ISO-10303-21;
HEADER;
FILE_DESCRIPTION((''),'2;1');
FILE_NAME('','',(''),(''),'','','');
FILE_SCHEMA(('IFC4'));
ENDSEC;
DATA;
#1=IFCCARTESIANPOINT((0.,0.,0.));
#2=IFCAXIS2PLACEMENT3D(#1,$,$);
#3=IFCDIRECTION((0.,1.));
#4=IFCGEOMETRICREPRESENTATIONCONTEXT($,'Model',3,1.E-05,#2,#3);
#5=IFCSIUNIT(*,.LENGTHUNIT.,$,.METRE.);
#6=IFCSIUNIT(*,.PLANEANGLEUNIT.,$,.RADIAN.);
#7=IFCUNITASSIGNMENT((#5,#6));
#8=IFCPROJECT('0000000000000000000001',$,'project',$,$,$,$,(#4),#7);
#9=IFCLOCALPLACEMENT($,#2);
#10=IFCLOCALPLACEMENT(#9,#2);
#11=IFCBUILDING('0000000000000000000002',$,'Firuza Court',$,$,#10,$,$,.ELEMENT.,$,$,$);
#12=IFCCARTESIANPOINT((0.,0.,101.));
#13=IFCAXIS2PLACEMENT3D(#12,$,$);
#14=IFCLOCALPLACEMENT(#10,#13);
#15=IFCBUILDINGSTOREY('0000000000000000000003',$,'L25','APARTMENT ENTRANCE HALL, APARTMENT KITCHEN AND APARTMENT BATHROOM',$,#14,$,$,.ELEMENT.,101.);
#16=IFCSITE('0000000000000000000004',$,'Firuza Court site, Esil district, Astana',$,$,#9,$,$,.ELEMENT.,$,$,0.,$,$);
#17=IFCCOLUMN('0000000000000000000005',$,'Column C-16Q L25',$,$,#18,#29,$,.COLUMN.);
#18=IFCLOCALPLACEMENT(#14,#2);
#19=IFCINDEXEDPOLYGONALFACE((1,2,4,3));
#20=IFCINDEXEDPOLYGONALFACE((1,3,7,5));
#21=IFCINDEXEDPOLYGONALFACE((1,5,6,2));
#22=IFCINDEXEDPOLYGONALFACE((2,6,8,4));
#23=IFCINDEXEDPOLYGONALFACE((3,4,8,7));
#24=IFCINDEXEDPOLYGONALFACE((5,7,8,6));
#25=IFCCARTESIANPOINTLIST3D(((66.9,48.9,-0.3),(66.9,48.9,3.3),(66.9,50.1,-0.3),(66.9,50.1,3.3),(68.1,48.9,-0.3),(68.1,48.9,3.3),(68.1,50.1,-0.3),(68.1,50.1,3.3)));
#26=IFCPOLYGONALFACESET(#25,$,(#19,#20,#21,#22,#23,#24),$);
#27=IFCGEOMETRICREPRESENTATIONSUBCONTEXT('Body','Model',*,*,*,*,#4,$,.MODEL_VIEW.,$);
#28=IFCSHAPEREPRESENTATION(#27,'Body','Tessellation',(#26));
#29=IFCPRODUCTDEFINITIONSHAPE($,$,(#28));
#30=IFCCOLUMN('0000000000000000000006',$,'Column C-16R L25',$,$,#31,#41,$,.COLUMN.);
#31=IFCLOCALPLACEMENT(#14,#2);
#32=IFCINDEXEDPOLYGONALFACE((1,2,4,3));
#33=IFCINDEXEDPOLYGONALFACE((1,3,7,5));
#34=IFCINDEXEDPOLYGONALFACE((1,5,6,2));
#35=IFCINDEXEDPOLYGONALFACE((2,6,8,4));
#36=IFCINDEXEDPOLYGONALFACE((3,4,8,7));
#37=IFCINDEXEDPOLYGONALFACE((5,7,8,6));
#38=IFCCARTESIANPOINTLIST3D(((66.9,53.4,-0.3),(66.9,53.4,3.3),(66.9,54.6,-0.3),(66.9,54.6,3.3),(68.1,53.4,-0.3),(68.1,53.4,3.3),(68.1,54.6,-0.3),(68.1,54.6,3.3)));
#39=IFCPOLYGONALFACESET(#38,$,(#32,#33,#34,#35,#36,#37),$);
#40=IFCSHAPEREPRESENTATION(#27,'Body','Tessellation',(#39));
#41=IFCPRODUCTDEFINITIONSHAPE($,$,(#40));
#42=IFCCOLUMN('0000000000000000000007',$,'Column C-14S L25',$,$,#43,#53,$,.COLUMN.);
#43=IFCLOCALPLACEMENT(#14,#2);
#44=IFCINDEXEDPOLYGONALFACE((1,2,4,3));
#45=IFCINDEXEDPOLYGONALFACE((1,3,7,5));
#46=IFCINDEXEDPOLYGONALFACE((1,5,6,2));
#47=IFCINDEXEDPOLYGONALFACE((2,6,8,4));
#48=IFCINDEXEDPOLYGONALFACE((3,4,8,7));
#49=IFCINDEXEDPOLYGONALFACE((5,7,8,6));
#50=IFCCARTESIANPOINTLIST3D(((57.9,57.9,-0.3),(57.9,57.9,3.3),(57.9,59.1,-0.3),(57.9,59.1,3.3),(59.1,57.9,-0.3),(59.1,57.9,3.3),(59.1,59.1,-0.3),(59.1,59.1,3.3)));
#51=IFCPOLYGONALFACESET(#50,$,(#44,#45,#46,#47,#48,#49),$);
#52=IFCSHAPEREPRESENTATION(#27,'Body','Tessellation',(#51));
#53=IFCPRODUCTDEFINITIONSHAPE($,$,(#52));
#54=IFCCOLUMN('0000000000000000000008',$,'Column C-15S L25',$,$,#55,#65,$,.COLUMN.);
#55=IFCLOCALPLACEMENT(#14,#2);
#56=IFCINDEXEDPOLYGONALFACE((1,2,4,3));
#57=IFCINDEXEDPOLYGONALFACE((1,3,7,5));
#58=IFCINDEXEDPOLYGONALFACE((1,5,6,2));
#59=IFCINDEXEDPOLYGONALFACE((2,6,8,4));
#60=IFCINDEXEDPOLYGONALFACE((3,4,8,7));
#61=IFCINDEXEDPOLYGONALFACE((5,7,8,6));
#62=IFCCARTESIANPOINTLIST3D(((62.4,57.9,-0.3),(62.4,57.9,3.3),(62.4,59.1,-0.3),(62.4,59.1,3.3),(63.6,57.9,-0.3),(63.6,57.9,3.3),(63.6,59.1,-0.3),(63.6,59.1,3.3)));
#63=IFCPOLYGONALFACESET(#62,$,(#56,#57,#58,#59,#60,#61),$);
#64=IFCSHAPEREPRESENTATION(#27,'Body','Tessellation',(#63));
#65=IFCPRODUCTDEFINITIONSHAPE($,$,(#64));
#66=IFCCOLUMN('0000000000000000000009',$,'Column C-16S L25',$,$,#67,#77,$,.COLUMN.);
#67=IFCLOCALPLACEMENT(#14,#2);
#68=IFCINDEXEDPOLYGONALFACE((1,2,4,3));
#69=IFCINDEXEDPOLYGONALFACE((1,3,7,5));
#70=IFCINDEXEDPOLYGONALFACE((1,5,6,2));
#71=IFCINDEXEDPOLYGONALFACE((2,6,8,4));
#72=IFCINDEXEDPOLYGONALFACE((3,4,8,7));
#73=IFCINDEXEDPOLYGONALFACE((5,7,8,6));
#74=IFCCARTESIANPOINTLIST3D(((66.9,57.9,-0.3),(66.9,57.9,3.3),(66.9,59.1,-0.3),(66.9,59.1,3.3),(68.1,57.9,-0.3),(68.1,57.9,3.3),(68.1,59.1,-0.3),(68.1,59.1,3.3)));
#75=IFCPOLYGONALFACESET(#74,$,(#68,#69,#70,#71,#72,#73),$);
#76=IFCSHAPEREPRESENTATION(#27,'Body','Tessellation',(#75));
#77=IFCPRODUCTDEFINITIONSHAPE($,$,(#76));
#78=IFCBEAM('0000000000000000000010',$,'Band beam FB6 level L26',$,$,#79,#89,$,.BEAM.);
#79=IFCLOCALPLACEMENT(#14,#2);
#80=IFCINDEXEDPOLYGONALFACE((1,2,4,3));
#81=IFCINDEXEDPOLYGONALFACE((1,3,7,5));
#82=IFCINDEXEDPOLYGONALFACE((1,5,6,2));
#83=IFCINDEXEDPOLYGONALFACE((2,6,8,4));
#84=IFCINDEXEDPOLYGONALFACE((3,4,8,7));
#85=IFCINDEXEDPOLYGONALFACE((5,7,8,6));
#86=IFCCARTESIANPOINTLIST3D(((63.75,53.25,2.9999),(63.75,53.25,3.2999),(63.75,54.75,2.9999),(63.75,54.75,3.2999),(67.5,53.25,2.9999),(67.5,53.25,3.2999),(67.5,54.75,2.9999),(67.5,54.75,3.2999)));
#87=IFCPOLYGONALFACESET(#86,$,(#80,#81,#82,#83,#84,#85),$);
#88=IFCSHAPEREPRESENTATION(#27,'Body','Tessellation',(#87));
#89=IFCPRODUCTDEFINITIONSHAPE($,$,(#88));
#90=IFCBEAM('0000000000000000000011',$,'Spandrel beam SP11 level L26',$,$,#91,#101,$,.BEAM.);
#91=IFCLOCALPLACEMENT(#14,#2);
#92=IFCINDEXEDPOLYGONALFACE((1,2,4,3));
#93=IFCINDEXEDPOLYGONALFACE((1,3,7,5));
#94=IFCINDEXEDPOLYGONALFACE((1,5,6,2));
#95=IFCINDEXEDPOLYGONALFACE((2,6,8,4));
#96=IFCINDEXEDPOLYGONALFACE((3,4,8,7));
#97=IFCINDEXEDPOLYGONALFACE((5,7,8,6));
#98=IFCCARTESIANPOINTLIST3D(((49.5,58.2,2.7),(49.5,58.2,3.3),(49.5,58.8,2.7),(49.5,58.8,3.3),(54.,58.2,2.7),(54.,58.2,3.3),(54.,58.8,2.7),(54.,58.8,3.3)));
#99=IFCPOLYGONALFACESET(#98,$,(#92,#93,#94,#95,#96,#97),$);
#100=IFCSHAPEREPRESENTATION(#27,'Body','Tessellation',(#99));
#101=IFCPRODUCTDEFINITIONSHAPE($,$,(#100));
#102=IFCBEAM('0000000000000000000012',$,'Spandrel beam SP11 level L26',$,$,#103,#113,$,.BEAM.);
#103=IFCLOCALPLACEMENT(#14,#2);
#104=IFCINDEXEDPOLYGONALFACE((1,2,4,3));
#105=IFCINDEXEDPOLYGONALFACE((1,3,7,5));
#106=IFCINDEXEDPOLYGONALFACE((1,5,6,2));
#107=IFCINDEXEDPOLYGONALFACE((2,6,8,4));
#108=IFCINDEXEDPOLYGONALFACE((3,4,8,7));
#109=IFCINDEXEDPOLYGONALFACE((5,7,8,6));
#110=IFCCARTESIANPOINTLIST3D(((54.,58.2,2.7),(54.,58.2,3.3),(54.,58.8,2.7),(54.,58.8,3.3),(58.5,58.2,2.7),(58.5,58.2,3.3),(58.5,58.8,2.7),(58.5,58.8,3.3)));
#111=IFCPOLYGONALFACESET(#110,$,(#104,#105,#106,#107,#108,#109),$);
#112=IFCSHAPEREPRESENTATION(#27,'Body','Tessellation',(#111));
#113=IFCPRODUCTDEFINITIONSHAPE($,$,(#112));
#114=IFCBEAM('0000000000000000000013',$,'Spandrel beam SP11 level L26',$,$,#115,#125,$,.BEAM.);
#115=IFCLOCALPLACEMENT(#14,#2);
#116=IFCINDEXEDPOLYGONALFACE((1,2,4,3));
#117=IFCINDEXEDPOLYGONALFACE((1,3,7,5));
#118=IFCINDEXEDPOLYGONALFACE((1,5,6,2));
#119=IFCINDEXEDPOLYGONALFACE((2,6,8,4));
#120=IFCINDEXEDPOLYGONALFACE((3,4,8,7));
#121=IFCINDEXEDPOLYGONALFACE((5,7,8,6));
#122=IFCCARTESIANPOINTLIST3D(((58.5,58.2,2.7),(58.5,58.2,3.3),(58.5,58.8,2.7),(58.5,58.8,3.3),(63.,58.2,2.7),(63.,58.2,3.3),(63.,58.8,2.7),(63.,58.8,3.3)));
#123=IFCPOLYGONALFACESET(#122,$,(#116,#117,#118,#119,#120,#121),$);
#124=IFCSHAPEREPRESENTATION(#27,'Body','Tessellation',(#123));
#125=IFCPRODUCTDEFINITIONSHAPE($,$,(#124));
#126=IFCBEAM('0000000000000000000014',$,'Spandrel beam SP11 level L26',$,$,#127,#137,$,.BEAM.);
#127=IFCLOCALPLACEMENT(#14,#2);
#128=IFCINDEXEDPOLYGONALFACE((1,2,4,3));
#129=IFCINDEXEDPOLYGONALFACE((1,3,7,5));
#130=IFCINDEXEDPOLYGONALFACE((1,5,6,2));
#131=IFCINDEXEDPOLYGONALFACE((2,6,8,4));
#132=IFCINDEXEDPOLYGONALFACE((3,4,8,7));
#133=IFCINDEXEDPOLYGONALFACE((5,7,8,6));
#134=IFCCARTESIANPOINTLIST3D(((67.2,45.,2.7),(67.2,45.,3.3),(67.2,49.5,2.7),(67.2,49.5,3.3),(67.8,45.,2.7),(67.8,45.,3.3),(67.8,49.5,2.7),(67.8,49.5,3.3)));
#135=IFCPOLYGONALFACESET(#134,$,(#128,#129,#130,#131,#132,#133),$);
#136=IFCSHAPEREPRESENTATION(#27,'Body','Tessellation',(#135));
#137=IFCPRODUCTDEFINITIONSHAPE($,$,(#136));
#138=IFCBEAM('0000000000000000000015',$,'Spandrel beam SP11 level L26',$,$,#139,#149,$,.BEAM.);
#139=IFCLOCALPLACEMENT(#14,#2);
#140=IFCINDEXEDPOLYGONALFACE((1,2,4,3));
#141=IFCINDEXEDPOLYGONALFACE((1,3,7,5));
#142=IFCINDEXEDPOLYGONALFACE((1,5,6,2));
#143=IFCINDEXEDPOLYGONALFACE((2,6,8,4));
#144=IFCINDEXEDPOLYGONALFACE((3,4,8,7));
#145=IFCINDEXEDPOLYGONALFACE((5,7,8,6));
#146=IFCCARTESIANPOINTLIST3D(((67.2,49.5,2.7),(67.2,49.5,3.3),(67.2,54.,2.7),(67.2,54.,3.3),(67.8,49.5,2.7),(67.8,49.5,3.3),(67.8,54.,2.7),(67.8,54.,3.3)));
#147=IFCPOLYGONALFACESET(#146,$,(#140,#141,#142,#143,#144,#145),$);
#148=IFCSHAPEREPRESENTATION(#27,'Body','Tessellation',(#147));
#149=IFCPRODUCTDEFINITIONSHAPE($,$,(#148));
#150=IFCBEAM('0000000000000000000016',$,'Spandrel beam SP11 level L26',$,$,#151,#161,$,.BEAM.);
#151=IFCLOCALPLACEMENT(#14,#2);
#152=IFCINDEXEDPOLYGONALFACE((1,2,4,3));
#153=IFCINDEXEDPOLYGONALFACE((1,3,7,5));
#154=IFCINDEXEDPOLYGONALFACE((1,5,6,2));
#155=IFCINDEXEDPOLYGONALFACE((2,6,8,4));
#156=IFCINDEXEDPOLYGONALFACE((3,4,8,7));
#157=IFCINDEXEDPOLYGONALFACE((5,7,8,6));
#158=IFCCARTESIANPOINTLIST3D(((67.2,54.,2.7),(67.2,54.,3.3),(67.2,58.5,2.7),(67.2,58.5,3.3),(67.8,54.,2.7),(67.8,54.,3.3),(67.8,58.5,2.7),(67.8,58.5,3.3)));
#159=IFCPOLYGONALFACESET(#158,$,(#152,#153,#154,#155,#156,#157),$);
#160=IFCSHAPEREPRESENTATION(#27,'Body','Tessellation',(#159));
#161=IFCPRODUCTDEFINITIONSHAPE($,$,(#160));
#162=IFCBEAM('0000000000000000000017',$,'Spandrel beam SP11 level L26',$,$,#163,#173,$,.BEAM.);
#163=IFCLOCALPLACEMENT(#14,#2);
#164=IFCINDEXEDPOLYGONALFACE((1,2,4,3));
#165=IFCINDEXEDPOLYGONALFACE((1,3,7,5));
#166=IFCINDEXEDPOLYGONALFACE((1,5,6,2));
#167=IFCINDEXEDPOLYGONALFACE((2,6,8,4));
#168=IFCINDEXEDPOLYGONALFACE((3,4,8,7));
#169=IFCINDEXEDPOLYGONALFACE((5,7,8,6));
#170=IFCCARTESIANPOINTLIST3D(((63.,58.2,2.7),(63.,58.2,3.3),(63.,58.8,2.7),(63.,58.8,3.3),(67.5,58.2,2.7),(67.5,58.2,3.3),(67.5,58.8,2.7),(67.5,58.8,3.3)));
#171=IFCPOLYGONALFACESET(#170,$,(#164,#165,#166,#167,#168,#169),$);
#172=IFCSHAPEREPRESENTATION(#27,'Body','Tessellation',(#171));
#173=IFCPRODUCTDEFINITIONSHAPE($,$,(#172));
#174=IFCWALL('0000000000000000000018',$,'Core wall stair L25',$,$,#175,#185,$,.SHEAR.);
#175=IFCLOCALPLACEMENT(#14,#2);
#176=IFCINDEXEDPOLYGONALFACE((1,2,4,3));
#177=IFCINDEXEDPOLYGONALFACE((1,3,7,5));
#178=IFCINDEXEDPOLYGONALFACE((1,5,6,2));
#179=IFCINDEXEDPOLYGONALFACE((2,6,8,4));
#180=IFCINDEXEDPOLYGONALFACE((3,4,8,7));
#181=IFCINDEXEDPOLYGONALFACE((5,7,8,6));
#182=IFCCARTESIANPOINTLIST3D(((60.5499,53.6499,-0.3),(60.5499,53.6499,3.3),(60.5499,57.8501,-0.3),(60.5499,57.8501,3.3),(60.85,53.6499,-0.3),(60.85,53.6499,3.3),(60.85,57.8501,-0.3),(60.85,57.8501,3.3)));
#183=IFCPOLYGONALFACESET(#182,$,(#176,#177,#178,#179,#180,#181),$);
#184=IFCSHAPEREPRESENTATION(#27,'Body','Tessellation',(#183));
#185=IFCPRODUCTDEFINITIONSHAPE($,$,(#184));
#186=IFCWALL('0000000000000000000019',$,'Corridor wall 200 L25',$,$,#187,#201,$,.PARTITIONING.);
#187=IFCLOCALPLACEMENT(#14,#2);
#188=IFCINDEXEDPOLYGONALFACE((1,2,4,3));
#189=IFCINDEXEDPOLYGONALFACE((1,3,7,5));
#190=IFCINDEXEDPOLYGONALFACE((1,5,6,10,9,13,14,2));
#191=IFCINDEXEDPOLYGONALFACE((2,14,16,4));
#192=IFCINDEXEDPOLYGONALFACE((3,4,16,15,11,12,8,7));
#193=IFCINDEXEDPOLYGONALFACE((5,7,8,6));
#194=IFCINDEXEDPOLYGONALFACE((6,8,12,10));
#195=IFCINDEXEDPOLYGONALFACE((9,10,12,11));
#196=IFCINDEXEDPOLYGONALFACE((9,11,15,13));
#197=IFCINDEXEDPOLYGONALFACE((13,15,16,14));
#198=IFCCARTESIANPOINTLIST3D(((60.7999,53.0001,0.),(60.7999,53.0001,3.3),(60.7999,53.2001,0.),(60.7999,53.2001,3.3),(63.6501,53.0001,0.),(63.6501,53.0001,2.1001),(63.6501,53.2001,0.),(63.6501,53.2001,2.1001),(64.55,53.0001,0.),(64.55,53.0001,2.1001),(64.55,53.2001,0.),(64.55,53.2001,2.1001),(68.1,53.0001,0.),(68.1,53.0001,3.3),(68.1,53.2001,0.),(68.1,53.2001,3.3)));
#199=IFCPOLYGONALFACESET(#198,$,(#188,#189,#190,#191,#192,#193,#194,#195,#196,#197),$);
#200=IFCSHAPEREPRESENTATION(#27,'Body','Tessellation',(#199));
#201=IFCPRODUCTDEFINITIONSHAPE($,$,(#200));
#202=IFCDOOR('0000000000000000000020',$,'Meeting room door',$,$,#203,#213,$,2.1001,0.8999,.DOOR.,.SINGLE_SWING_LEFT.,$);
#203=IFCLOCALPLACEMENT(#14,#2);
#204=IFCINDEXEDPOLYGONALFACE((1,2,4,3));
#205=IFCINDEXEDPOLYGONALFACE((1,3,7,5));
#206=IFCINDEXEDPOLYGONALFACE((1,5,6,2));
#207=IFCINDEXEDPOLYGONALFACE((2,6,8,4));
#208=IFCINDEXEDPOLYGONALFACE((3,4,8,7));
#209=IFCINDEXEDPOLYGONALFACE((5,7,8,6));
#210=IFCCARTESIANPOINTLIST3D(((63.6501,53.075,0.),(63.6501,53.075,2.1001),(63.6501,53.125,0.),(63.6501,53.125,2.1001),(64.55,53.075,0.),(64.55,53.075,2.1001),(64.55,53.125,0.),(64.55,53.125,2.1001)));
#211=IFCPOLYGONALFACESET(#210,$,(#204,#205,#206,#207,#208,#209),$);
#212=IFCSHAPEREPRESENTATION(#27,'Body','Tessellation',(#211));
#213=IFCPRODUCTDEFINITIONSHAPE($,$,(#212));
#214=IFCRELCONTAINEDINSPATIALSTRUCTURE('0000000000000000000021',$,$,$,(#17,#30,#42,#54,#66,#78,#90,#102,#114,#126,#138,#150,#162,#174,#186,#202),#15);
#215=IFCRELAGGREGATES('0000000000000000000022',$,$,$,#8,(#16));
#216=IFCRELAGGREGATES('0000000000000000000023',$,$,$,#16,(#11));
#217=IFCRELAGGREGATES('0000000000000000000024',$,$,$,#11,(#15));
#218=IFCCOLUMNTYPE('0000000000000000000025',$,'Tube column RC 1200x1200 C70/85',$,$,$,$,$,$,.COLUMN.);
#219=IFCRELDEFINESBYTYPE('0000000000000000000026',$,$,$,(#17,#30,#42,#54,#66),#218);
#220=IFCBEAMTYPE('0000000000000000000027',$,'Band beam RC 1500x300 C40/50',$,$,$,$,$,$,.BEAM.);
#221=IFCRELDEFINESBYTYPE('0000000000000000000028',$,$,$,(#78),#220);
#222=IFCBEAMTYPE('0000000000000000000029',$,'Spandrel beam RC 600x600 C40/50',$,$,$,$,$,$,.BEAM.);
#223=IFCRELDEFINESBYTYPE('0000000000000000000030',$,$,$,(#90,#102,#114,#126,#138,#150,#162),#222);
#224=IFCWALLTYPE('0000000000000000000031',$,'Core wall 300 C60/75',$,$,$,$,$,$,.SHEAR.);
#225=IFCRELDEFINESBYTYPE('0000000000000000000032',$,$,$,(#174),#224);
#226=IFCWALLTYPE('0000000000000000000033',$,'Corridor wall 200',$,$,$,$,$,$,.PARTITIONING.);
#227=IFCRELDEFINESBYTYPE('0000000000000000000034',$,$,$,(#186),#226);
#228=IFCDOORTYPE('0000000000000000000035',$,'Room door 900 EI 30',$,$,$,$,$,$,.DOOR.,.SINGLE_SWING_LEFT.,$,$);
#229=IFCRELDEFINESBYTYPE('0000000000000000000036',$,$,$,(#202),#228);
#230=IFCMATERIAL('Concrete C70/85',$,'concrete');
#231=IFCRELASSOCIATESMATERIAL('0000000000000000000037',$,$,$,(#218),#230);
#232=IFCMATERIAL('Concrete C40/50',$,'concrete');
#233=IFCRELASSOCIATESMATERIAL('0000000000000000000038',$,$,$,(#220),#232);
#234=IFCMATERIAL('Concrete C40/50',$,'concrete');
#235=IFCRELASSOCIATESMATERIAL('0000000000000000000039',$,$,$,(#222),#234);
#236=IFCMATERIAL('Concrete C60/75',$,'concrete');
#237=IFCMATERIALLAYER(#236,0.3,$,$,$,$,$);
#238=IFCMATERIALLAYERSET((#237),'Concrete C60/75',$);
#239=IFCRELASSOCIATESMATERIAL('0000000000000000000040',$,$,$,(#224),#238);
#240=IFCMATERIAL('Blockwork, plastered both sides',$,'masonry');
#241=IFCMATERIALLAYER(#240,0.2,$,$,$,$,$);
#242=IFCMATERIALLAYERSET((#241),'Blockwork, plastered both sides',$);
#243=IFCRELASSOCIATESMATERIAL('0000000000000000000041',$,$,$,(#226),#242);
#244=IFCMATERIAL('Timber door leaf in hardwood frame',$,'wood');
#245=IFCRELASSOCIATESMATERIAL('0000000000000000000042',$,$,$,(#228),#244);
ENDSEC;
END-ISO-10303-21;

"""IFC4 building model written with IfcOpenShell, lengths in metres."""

from ifc_helpers import new_model, si_unit, direction, frame, frame_2d, origin, origin_2d, place, context, subcontext, project, spatial, rectangle, extrude, material, layer, layer_set, material_profile, profile_set, type_object, element, fill, save


model = new_model("IFC4")

# Units and contexts
model_context = context("Model", 3, precision=1e-05, world=origin(), true_north=direction((0.0, 1.0)))
body_context = subcontext(model_context, "Body", "Model", "MODEL_VIEW")
ifc_project = project(units=[si_unit("LENGTHUNIT", "METRE"), si_unit("PLANEANGLEUNIT", "RADIAN")], contexts=[model_context])

# Site, building, storey
site_placement = place(None, origin())
site = spatial("IfcSite", under=ifc_project, at=site_placement, Name="Firuza Court site, Esil district, Astana", CompositionType="ELEMENT", RefElevation=0.0)
building_placement = place(site_placement, origin())
building = spatial("IfcBuilding", under=site, at=building_placement, Name="Firuza Court", CompositionType="ELEMENT")
storey_placement = place(building_placement, frame((0.0, 0.0, 101.0)))
storey = spatial("IfcBuildingStorey", under=building, at=storey_placement, Name="L25", Description="APARTMENT ENTRANCE HALL, APARTMENT KITCHEN AND APARTMENT BATHROOM", CompositionType="ELEMENT", Elevation=101.0)

# Columns
ifc_material_1 = material(Name="Concrete C70/85", Category="concrete")
ifc_material_profile_1 = material_profile(ifc_material_1, rectangle(XDim=1.2, YDim=1.2, at=origin_2d()), Name="RC 1200x1200")
ifc_profile_set_1 = profile_set([ifc_material_profile_1], Name="Concrete C70/85")
column_type = type_object("IfcColumnType", Name="Tube column RC 1200x1200 C70/85", PredefinedType="COLUMN", material=ifc_profile_set_1)
for number, where, z_axis, x_axis, name in (
    (1, (67.5, 49.5, -0.3), (0.0, 0.0, 1.0), (1.0, 0.0, 0.0), "Column C-16Q L25"),
    (2, (67.5, 54.0, -0.3), (0.0, 0.0, 1.0), (1.0, 0.0, 0.0), "Column C-16R L25"),
    (3, (58.5, 58.5, -0.3), (0.0, 0.0, 1.0), (1.0, 0.0, 0.0), "Column C-14S L25"),
    (4, (63.0, 58.5, -0.3), (0.0, 0.0, 1.0), (1.0, 0.0, 0.0), "Column C-15S L25"),
    (5, (67.5, 58.5, -0.3), (0.0, 0.0, 1.0), (1.0, 0.0, 0.0), "Column C-16S L25"),
):
    element("IfcColumn", number, at=place(storey_placement, frame(where, z_axis=z_axis, x_axis=x_axis)), inside=storey, type_object=column_type, Name=name, PredefinedType="COLUMN", context=body_context, shape_type="SweptSolid", body=[
        extrude(rectangle(XDim=1.2, YDim=1.2, at=origin_2d()), origin(), (0.0, 0.0, 1.0), 3.6001),
    ])

# Beams
ifc_material_2 = material(Name="Concrete C40/50", Category="concrete")
ifc_material_profile_2 = material_profile(ifc_material_2, rectangle(XDim=1.5, YDim=0.3, at=origin_2d()), Name="RC 1500x300")
ifc_profile_set_2 = profile_set([ifc_material_profile_2], Name="Concrete C40/50")
beam_type_1 = type_object("IfcBeamType", Name="Band beam RC 1500x300 C40/50", PredefinedType="BEAM", material=ifc_profile_set_2)
beam_placement = place(storey_placement, frame((67.5, 54.0, 3.1499), z_axis=(-1.0, 0.0, 0.0), x_axis=(0.0, -1.0, 0.0)))
element("IfcBeam", 6, at=beam_placement, inside=storey, type_object=beam_type_1, Name="Band beam FB6 level L26", PredefinedType="BEAM", context=body_context, shape_type="SweptSolid", body=[
    extrude(rectangle(XDim=1.5, YDim=0.3, at=origin_2d()), origin(), (0.0, 0.0, 1.0), 3.75),
])
ifc_material_3 = material(Name="Concrete C40/50", Category="concrete")
ifc_material_profile_3 = material_profile(ifc_material_3, rectangle(XDim=0.6001, YDim=0.6001, at=origin_2d()), Name="RC 600x600")
ifc_profile_set_3 = profile_set([ifc_material_profile_3], Name="Concrete C40/50")
beam_type_2 = type_object("IfcBeamType", Name="Spandrel beam RC 600x600 C40/50", PredefinedType="BEAM", material=ifc_profile_set_3)
for number, where, z_axis, x_axis, name in (
    (7, (54.0, 58.5, 3.0), (-1.0, 0.0, 0.0), (0.0, -1.0, 0.0), "Spandrel beam SP11 level L26"),
    (8, (58.5, 58.5, 3.0), (-1.0, 0.0, 0.0), (0.0, -1.0, 0.0), "Spandrel beam SP11 level L26"),
    (9, (63.0, 58.5, 3.0), (-1.0, 0.0, 0.0), (0.0, -1.0, 0.0), "Spandrel beam SP11 level L26"),
    (10, (67.5, 45.0, 3.0), (0.0, 1.0, 0.0), (-1.0, 0.0, 0.0), "Spandrel beam SP11 level L26"),
    (11, (67.5, 49.5, 3.0), (0.0, 1.0, 0.0), (-1.0, 0.0, 0.0), "Spandrel beam SP11 level L26"),
    (12, (67.5, 54.0, 3.0), (0.0, 1.0, 0.0), (-1.0, 0.0, 0.0), "Spandrel beam SP11 level L26"),
    (13, (67.5, 58.5, 3.0), (-1.0, 0.0, 0.0), (0.0, -1.0, 0.0), "Spandrel beam SP11 level L26"),
):
    element("IfcBeam", number, at=place(storey_placement, frame(where, z_axis=z_axis, x_axis=x_axis)), inside=storey, type_object=beam_type_2, Name=name, PredefinedType="BEAM", context=body_context, shape_type="SweptSolid", body=[
        extrude(rectangle(XDim=0.6001, YDim=0.6001, at=origin_2d()), origin(), (0.0, 0.0, 1.0), 4.5),
    ])

# Wall
ifc_material_4 = material(Name="Concrete C60/75", Category="concrete")
ifc_layer_1 = layer(ifc_material_4, 0.3)
ifc_layer_set_1 = layer_set([ifc_layer_1], Name="Concrete C60/75")
wall_type_1 = type_object("IfcWallType", Name="Core wall 300 C60/75", PredefinedType="SHEAR", material=ifc_layer_set_1)
wall_1_placement = place(storey_placement, frame((60.7, 53.6499, -0.3), z_axis=(0.0, 0.0, 1.0), x_axis=(0.0, 1.0, 0.0)))
element("IfcWall", 14, at=wall_1_placement, inside=storey, type_object=wall_type_1, Name="Core wall stair L25", PredefinedType="SHEAR", context=body_context, shape_type="SweptSolid", body=[
    extrude(rectangle(XDim=4.2002, YDim=0.3, at=frame_2d((2.1001, 0.0))), origin(), (0.0, 0.0, 1.0), 3.6001),
])

# Wall, opening, door
ifc_material_5 = material(Name="Blockwork, plastered both sides", Category="masonry")
ifc_layer_2 = layer(ifc_material_5, 0.2)
ifc_layer_set_2 = layer_set([ifc_layer_2], Name="Blockwork, plastered both sides")
wall_type_2 = type_object("IfcWallType", Name="Corridor wall 200", PredefinedType="PARTITIONING", material=ifc_layer_set_2)
wall_2_placement = place(storey_placement, frame((60.8, 53.1001, 0.0), z_axis=(0.0, 0.0, 1.0), x_axis=(1.0, 0.0, 0.0)))
wall_2 = element("IfcWall", 15, at=wall_2_placement, inside=storey, type_object=wall_type_2, Name="Corridor wall 200 L25", PredefinedType="PARTITIONING", context=body_context, shape_type="SweptSolid", body=[
    extrude(rectangle(XDim=7.3, YDim=0.2, at=frame_2d((3.6499, 0.0))), origin(), (0.0, 0.0, 1.0), 3.3),
])
opening_1_placement = place(wall_2_placement, frame((2.8501, 0.0, 0.0)))
opening_1 = element("IfcOpeningElement", 16, at=opening_1_placement, cuts=wall_2, PredefinedType="OPENING", context=body_context, shape_type="SweptSolid", body=[
    extrude(rectangle(XDim=0.8999, YDim=2.1001, at=frame_2d((0.45, 1.05))), frame((0.0, 0.1118, 0.0), z_axis=(0.0, -1.0, 0.0), x_axis=(1.0, 0.0, 0.0)), (0.0, 0.0, 1.0), 0.2239),
])
ifc_material_6 = material(Name="Timber door leaf in hardwood frame", Category="wood")
door_type_1 = type_object("IfcDoorType", Name="Room door 900 EI 30", OperationType="SINGLE_SWING_LEFT", PredefinedType="DOOR", material=ifc_material_6)
door_1_placement = place(opening_1_placement, origin())
door_1 = element("IfcDoor", 17, at=door_1_placement, inside=storey, type_object=door_type_1, Name="Meeting room door", OperationType="SINGLE_SWING_LEFT", OverallHeight=2.1001, OverallWidth=0.8999, PredefinedType="DOOR", context=body_context, shape_type="SweptSolid", body=[
    extrude(rectangle(XDim=0.8999, YDim=2.1001, at=frame_2d((0.45, 1.05))), frame((0.0, 0.0249, 0.0), z_axis=(0.0, -1.0, 0.0), x_axis=(1.0, 0.0, 0.0)), (0.0, 0.0, 1.0), 0.05),
])
fill(opening_1, door_1)

save(model, "model.ifc")
